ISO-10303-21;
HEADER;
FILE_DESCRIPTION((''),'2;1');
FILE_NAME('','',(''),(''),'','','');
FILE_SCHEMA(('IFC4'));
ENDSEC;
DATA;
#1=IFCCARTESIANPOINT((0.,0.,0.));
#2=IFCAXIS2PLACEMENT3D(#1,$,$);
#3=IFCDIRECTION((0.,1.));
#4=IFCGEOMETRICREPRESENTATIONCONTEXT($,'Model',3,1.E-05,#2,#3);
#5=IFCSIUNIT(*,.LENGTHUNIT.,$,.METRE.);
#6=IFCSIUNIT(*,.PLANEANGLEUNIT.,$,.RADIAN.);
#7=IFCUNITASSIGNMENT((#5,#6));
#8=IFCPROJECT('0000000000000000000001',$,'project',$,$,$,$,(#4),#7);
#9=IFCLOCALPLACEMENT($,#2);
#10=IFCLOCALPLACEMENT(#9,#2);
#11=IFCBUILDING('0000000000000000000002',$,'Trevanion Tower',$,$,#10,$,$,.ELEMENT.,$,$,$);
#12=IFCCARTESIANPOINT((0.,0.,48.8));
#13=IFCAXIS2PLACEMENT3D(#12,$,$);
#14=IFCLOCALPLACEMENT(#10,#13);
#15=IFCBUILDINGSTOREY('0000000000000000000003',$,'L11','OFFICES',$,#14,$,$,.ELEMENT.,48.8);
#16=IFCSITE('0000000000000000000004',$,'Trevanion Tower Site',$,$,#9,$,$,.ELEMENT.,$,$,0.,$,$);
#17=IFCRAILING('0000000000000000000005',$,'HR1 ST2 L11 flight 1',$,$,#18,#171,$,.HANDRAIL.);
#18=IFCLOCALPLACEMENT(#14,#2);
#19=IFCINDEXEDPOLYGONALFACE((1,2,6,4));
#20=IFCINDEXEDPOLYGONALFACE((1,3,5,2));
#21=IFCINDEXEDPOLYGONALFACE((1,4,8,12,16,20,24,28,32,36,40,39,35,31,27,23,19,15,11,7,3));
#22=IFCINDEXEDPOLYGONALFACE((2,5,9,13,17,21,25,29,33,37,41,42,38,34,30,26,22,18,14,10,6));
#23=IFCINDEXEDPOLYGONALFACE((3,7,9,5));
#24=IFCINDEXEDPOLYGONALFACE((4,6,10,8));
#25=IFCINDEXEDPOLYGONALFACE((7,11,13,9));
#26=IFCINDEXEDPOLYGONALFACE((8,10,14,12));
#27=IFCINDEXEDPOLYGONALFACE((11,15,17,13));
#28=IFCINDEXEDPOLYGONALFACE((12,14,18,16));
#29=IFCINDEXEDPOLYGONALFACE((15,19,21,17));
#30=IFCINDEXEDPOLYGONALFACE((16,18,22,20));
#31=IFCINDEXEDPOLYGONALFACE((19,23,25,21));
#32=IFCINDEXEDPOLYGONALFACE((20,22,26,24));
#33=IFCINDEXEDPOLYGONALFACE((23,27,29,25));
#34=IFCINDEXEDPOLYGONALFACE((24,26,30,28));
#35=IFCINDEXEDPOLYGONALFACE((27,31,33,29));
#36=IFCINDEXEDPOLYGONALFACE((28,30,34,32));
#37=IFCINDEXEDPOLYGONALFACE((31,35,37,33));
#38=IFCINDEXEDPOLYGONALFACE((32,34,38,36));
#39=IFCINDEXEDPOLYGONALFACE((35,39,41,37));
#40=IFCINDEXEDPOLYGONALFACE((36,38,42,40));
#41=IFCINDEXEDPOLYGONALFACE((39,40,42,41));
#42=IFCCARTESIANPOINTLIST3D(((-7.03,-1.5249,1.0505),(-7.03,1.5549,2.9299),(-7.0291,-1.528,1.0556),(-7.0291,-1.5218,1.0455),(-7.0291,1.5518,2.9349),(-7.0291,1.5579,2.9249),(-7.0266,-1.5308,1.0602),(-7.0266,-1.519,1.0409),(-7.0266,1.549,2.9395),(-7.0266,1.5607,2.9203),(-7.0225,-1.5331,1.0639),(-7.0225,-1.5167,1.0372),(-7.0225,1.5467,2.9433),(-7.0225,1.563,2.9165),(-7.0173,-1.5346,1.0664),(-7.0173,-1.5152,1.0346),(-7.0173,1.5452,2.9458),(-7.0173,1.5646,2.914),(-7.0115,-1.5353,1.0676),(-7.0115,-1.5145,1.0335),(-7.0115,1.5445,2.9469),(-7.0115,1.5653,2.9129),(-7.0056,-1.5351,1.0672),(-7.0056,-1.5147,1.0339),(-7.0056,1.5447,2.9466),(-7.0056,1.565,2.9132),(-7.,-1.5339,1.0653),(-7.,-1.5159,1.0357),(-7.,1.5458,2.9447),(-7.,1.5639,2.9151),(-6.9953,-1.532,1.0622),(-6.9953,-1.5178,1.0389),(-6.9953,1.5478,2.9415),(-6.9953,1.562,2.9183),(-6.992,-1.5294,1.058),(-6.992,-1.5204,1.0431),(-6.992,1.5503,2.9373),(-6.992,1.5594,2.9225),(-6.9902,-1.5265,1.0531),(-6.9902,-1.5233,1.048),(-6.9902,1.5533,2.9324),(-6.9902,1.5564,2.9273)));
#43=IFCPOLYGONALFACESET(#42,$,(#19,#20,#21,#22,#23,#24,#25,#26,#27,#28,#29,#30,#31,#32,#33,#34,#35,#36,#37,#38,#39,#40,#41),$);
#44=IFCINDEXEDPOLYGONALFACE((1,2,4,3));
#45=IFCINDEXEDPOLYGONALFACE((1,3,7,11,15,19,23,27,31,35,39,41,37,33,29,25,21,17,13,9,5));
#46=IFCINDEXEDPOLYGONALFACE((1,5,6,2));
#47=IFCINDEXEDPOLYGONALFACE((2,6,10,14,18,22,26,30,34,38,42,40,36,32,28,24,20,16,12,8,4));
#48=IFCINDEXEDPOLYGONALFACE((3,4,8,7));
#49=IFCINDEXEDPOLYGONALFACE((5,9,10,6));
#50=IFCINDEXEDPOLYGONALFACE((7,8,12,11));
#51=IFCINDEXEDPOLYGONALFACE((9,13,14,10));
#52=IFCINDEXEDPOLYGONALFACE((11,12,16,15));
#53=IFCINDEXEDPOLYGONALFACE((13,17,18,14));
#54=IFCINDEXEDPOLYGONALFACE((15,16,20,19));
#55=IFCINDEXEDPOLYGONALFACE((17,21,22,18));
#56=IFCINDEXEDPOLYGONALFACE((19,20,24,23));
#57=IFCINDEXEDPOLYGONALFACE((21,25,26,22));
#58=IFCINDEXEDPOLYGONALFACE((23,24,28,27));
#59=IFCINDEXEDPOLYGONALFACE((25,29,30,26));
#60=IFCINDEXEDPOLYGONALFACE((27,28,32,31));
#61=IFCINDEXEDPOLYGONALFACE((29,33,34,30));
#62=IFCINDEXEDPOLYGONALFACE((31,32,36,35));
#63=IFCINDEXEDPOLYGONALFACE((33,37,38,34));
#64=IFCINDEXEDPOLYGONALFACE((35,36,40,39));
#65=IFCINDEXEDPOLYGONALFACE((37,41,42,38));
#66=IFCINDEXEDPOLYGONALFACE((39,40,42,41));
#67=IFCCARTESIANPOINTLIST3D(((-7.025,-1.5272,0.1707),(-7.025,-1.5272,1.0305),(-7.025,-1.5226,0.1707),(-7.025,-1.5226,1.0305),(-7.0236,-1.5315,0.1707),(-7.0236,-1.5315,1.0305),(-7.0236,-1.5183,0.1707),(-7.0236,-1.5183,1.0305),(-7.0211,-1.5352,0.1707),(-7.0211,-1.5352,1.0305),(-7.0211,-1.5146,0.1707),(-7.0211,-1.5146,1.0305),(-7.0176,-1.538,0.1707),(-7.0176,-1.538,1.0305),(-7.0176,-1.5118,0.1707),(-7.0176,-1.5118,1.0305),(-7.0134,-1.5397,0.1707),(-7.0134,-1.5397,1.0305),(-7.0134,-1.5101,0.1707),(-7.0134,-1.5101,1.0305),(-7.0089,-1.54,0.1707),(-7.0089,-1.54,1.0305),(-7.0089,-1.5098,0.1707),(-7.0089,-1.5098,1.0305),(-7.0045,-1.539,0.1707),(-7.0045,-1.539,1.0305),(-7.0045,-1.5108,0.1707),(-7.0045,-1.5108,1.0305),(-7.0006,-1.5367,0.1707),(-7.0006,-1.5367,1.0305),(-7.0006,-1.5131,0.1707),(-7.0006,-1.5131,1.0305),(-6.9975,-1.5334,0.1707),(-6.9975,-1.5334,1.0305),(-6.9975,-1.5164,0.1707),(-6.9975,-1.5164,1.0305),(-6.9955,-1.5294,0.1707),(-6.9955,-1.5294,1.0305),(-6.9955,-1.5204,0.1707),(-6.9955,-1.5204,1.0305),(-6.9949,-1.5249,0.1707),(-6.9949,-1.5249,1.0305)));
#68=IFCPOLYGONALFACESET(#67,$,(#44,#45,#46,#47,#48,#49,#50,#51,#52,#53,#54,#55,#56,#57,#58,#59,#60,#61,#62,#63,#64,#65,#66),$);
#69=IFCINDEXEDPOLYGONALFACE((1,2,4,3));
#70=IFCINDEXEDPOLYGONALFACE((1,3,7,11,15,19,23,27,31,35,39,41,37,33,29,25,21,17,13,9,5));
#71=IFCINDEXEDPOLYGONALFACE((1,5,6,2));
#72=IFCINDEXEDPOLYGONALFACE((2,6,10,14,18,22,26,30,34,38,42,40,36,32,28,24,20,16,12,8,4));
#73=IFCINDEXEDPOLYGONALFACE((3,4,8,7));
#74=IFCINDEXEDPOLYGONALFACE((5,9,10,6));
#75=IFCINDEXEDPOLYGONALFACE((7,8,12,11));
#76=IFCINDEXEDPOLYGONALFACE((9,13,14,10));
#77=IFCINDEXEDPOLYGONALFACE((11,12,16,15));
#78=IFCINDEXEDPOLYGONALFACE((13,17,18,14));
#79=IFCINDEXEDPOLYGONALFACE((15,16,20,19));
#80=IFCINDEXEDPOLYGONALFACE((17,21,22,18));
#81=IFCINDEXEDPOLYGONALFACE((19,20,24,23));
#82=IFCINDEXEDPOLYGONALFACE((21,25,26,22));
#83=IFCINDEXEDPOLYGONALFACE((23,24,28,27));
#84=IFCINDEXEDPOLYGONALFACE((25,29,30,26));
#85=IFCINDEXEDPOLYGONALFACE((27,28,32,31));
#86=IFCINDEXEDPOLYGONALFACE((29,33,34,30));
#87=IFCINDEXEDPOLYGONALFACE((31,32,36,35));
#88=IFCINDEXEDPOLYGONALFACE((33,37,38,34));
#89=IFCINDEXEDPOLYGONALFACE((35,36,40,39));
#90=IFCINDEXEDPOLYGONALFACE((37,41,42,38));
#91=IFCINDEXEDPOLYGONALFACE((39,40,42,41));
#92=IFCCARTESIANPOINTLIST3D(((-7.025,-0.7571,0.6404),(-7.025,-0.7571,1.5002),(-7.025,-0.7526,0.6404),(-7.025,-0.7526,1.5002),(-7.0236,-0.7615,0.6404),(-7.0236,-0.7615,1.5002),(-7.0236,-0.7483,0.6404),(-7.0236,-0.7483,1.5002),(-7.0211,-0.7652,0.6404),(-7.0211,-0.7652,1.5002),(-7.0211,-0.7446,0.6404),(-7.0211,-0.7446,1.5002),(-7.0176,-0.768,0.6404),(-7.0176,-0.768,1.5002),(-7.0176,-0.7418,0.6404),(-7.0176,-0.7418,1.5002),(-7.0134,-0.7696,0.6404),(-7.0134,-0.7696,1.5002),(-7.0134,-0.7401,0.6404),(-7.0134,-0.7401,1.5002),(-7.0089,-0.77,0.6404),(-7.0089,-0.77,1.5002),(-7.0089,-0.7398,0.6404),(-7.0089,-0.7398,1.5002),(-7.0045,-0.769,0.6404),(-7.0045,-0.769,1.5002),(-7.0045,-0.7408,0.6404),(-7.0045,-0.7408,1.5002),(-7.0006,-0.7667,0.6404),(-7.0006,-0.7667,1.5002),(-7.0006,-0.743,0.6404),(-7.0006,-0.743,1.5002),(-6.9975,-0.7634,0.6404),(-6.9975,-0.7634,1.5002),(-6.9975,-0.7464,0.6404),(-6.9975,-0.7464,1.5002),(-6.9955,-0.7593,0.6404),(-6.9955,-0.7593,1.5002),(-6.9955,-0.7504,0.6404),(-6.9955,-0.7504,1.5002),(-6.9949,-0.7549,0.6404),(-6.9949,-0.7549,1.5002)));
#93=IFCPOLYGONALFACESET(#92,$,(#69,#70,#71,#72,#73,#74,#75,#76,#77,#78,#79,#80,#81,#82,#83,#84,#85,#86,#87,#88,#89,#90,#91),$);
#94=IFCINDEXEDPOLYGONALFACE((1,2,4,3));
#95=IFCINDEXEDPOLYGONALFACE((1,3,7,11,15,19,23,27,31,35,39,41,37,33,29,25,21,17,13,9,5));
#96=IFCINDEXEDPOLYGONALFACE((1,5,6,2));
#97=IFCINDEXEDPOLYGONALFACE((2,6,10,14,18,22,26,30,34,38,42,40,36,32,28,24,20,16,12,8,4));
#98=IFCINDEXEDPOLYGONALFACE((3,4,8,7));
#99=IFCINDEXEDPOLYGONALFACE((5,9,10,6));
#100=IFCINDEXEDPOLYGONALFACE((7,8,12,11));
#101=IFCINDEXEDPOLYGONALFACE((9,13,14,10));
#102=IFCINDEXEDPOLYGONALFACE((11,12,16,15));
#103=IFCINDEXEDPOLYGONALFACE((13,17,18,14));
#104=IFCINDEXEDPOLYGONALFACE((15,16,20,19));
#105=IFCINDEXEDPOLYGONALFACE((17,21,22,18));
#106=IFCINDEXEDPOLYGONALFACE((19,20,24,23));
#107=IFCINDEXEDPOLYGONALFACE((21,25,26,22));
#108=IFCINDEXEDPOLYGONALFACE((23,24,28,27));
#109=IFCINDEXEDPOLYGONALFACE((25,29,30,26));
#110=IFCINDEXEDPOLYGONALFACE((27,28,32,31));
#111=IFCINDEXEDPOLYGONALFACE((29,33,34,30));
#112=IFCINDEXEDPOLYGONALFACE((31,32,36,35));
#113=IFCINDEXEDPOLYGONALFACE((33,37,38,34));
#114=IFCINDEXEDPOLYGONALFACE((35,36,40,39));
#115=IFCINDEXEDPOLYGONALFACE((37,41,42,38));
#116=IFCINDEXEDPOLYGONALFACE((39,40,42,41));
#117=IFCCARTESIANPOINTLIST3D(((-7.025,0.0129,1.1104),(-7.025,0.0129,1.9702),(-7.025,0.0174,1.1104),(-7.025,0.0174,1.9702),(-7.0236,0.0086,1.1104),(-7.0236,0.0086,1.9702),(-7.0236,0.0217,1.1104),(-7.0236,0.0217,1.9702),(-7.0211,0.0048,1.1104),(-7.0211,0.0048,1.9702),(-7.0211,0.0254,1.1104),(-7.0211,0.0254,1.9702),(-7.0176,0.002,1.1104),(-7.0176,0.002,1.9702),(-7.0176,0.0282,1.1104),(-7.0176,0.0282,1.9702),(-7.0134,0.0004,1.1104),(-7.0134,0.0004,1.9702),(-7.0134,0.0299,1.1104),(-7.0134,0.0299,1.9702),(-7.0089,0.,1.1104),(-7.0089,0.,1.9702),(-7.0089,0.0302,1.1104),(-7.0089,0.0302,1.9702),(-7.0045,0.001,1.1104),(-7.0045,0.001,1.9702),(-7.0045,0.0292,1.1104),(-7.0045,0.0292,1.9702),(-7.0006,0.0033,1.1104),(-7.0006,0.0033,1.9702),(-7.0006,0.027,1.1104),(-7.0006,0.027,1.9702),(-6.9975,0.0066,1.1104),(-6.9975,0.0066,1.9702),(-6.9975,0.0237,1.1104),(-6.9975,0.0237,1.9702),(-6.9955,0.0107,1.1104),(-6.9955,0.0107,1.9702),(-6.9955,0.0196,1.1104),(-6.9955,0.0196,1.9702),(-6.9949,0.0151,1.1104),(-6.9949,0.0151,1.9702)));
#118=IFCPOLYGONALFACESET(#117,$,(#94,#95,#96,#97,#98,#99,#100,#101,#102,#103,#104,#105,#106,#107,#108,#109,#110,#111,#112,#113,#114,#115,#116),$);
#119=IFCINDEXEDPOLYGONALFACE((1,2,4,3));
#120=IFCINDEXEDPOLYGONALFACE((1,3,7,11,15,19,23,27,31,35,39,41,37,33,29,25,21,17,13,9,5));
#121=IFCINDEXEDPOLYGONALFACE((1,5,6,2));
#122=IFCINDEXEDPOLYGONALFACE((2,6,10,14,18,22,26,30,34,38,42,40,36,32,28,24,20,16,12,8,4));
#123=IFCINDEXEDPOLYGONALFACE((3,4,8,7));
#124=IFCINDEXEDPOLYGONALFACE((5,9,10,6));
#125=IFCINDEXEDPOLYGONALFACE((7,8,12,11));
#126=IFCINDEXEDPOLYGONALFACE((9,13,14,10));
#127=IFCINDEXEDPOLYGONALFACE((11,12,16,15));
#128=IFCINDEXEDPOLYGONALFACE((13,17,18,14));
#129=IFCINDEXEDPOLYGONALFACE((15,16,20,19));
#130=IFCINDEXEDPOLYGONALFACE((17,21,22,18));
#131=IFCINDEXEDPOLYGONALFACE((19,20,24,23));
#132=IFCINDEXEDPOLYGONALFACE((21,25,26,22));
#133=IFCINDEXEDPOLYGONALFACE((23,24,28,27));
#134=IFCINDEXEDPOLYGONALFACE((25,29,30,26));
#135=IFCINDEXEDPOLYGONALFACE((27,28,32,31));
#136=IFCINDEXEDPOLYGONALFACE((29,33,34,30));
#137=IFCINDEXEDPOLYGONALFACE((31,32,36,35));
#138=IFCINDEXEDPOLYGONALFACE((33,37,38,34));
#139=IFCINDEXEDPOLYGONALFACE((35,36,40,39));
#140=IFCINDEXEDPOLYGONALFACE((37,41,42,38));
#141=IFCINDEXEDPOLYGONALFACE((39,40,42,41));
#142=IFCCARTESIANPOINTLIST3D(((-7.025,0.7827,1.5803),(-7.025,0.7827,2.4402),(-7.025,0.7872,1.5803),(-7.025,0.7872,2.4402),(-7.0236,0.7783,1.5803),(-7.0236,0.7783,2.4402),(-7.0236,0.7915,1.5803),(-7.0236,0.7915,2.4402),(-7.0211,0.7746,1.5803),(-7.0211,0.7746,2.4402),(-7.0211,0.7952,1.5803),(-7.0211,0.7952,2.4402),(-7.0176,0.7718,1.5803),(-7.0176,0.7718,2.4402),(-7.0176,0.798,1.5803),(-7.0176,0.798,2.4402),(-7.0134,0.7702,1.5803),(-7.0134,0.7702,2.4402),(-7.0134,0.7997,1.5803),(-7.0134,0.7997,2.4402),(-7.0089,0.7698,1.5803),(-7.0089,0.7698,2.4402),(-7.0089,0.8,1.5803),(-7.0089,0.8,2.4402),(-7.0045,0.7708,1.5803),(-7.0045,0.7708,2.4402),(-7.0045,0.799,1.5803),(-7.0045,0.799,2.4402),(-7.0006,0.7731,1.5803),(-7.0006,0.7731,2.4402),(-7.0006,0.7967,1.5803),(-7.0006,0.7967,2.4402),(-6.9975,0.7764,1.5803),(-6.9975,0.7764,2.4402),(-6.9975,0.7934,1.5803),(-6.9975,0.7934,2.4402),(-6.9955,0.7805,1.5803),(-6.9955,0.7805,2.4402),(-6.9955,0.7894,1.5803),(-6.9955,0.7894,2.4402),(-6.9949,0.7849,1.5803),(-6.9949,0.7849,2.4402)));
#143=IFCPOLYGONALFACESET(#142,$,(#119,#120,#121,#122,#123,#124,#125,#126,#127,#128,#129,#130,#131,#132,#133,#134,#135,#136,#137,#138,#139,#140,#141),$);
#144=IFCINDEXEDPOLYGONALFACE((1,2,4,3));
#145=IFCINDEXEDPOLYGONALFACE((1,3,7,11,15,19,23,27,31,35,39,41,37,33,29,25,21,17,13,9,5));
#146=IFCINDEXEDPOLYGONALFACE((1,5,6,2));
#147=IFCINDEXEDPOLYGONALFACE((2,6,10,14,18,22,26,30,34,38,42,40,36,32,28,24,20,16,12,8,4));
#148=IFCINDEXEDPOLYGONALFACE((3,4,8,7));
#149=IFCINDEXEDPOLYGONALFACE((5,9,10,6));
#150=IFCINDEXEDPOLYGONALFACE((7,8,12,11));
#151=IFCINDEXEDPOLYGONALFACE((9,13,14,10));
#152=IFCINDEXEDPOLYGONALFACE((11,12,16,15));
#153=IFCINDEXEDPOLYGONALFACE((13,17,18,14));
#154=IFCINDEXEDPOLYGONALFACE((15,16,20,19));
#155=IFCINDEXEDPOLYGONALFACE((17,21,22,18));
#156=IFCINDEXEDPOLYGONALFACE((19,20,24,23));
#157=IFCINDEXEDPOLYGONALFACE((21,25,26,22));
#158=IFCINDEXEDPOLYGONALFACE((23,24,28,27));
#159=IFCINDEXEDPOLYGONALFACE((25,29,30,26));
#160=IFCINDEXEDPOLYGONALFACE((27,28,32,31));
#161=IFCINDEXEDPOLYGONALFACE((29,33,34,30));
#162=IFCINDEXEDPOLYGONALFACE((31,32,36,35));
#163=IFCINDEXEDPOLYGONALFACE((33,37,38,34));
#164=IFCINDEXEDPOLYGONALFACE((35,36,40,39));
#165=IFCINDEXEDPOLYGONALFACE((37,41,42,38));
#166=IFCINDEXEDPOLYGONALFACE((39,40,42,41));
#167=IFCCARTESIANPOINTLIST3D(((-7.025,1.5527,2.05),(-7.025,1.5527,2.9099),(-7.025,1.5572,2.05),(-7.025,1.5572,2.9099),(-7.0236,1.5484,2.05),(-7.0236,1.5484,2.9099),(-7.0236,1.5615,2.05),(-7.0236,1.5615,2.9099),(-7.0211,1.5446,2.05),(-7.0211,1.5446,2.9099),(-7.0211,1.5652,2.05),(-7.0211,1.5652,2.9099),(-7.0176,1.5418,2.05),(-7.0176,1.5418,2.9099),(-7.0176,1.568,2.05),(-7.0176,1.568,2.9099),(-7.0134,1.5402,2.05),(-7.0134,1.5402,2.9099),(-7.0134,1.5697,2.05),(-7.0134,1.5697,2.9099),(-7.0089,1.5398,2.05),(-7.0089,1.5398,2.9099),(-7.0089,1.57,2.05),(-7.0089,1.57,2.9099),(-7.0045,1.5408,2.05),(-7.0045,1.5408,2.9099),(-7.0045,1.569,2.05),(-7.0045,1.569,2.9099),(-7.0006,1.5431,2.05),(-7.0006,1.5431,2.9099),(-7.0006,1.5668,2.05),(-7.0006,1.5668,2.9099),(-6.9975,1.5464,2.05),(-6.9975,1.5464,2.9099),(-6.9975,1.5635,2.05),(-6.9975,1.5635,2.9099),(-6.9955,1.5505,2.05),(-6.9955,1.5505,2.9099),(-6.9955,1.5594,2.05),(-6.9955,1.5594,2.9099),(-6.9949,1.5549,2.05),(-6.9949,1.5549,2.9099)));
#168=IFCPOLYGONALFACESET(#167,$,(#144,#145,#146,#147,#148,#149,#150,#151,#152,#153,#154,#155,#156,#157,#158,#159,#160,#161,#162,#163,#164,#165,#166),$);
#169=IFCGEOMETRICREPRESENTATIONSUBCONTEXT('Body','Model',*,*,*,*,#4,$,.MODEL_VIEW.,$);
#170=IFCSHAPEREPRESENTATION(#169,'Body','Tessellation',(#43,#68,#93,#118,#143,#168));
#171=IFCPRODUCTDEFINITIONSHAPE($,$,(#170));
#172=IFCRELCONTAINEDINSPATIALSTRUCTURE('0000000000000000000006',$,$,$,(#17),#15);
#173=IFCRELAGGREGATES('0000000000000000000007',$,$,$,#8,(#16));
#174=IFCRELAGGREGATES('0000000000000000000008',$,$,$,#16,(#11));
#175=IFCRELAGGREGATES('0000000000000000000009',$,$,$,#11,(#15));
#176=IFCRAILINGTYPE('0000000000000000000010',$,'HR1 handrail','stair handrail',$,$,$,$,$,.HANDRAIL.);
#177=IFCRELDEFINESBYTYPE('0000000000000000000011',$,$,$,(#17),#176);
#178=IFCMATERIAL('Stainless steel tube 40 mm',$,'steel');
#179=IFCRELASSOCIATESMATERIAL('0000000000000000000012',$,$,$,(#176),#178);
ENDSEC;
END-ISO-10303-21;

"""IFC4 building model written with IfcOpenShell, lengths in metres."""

from ifc_helpers import new_model, si_unit, direction, frame, origin, origin_2d, place, context, subcontext, project, spatial, circle, extrude, material, type_object, element, save


model = new_model("IFC4")

# Units and contexts
model_context = context("Model", 3, precision=1e-05, world=origin(), true_north=direction((0.0, 1.0)))
body_context = subcontext(model_context, "Body", "Model", "MODEL_VIEW")
ifc_project = project(units=[si_unit("LENGTHUNIT", "METRE"), si_unit("PLANEANGLEUNIT", "RADIAN")], contexts=[model_context])

# Site, building, storey
site_placement = place(None, origin())
site = spatial("IfcSite", under=ifc_project, at=site_placement, Name="Trevanion Tower Site", CompositionType="ELEMENT", RefElevation=0.0)
building_placement = place(site_placement, origin())
building = spatial("IfcBuilding", under=site, at=building_placement, Name="Trevanion Tower", CompositionType="ELEMENT")
storey_placement = place(building_placement, frame((0.0, 0.0, 48.8)))
storey = spatial("IfcBuildingStorey", under=building, at=storey_placement, Name="L11", Description="OFFICES", CompositionType="ELEMENT", Elevation=48.8)

# Railing
ifc_material_1 = material(Name="Stainless steel tube 40 mm", Category="steel")
railing_type = type_object("IfcRailingType", Name="HR1 handrail", Description="stair handrail", PredefinedType="HANDRAIL", material=ifc_material_1)
for number, where, name in (
    (1, (-7.01, -1.5249, 0.1707), "HR1 ST2 L11 flight 1"),
):
    element("IfcRailing", number, at=place(storey_placement, frame(where)), inside=storey, type_object=railing_type, Name=name, PredefinedType="HANDRAIL", context=body_context, shape_type="SweptSolid", body=[
        extrude(circle(Radius=0.02, at=origin_2d()), frame((0.0, 0.0, 0.8799), z_axis=(0.0, 0.853618, 0.5209), x_axis=(-1.0, 0.0, 0.0)), (0.0, 0.0, 1.0), 3.6079),
        extrude(circle(Radius=0.0151, at=origin_2d()), origin(), (0.0, 0.0, 1.0), 0.8599),
        extrude(circle(Radius=0.0151, at=origin_2d()), frame((0.0, 0.77, 0.4697)), (0.0, 0.0, 1.0), 0.8599),
        extrude(circle(Radius=0.0151, at=origin_2d()), frame((0.0, 1.54, 0.9397)), (0.0, 0.0, 1.0), 0.8599),
        extrude(circle(Radius=0.0151, at=origin_2d()), frame((0.0, 2.3098, 1.4097)), (0.0, 0.0, 1.0), 0.8599),
        extrude(circle(Radius=0.0151, at=origin_2d()), frame((0.0, 3.0798, 1.8794)), (0.0, 0.0, 1.0), 0.8599),
    ])

save(model, "model.ifc")
